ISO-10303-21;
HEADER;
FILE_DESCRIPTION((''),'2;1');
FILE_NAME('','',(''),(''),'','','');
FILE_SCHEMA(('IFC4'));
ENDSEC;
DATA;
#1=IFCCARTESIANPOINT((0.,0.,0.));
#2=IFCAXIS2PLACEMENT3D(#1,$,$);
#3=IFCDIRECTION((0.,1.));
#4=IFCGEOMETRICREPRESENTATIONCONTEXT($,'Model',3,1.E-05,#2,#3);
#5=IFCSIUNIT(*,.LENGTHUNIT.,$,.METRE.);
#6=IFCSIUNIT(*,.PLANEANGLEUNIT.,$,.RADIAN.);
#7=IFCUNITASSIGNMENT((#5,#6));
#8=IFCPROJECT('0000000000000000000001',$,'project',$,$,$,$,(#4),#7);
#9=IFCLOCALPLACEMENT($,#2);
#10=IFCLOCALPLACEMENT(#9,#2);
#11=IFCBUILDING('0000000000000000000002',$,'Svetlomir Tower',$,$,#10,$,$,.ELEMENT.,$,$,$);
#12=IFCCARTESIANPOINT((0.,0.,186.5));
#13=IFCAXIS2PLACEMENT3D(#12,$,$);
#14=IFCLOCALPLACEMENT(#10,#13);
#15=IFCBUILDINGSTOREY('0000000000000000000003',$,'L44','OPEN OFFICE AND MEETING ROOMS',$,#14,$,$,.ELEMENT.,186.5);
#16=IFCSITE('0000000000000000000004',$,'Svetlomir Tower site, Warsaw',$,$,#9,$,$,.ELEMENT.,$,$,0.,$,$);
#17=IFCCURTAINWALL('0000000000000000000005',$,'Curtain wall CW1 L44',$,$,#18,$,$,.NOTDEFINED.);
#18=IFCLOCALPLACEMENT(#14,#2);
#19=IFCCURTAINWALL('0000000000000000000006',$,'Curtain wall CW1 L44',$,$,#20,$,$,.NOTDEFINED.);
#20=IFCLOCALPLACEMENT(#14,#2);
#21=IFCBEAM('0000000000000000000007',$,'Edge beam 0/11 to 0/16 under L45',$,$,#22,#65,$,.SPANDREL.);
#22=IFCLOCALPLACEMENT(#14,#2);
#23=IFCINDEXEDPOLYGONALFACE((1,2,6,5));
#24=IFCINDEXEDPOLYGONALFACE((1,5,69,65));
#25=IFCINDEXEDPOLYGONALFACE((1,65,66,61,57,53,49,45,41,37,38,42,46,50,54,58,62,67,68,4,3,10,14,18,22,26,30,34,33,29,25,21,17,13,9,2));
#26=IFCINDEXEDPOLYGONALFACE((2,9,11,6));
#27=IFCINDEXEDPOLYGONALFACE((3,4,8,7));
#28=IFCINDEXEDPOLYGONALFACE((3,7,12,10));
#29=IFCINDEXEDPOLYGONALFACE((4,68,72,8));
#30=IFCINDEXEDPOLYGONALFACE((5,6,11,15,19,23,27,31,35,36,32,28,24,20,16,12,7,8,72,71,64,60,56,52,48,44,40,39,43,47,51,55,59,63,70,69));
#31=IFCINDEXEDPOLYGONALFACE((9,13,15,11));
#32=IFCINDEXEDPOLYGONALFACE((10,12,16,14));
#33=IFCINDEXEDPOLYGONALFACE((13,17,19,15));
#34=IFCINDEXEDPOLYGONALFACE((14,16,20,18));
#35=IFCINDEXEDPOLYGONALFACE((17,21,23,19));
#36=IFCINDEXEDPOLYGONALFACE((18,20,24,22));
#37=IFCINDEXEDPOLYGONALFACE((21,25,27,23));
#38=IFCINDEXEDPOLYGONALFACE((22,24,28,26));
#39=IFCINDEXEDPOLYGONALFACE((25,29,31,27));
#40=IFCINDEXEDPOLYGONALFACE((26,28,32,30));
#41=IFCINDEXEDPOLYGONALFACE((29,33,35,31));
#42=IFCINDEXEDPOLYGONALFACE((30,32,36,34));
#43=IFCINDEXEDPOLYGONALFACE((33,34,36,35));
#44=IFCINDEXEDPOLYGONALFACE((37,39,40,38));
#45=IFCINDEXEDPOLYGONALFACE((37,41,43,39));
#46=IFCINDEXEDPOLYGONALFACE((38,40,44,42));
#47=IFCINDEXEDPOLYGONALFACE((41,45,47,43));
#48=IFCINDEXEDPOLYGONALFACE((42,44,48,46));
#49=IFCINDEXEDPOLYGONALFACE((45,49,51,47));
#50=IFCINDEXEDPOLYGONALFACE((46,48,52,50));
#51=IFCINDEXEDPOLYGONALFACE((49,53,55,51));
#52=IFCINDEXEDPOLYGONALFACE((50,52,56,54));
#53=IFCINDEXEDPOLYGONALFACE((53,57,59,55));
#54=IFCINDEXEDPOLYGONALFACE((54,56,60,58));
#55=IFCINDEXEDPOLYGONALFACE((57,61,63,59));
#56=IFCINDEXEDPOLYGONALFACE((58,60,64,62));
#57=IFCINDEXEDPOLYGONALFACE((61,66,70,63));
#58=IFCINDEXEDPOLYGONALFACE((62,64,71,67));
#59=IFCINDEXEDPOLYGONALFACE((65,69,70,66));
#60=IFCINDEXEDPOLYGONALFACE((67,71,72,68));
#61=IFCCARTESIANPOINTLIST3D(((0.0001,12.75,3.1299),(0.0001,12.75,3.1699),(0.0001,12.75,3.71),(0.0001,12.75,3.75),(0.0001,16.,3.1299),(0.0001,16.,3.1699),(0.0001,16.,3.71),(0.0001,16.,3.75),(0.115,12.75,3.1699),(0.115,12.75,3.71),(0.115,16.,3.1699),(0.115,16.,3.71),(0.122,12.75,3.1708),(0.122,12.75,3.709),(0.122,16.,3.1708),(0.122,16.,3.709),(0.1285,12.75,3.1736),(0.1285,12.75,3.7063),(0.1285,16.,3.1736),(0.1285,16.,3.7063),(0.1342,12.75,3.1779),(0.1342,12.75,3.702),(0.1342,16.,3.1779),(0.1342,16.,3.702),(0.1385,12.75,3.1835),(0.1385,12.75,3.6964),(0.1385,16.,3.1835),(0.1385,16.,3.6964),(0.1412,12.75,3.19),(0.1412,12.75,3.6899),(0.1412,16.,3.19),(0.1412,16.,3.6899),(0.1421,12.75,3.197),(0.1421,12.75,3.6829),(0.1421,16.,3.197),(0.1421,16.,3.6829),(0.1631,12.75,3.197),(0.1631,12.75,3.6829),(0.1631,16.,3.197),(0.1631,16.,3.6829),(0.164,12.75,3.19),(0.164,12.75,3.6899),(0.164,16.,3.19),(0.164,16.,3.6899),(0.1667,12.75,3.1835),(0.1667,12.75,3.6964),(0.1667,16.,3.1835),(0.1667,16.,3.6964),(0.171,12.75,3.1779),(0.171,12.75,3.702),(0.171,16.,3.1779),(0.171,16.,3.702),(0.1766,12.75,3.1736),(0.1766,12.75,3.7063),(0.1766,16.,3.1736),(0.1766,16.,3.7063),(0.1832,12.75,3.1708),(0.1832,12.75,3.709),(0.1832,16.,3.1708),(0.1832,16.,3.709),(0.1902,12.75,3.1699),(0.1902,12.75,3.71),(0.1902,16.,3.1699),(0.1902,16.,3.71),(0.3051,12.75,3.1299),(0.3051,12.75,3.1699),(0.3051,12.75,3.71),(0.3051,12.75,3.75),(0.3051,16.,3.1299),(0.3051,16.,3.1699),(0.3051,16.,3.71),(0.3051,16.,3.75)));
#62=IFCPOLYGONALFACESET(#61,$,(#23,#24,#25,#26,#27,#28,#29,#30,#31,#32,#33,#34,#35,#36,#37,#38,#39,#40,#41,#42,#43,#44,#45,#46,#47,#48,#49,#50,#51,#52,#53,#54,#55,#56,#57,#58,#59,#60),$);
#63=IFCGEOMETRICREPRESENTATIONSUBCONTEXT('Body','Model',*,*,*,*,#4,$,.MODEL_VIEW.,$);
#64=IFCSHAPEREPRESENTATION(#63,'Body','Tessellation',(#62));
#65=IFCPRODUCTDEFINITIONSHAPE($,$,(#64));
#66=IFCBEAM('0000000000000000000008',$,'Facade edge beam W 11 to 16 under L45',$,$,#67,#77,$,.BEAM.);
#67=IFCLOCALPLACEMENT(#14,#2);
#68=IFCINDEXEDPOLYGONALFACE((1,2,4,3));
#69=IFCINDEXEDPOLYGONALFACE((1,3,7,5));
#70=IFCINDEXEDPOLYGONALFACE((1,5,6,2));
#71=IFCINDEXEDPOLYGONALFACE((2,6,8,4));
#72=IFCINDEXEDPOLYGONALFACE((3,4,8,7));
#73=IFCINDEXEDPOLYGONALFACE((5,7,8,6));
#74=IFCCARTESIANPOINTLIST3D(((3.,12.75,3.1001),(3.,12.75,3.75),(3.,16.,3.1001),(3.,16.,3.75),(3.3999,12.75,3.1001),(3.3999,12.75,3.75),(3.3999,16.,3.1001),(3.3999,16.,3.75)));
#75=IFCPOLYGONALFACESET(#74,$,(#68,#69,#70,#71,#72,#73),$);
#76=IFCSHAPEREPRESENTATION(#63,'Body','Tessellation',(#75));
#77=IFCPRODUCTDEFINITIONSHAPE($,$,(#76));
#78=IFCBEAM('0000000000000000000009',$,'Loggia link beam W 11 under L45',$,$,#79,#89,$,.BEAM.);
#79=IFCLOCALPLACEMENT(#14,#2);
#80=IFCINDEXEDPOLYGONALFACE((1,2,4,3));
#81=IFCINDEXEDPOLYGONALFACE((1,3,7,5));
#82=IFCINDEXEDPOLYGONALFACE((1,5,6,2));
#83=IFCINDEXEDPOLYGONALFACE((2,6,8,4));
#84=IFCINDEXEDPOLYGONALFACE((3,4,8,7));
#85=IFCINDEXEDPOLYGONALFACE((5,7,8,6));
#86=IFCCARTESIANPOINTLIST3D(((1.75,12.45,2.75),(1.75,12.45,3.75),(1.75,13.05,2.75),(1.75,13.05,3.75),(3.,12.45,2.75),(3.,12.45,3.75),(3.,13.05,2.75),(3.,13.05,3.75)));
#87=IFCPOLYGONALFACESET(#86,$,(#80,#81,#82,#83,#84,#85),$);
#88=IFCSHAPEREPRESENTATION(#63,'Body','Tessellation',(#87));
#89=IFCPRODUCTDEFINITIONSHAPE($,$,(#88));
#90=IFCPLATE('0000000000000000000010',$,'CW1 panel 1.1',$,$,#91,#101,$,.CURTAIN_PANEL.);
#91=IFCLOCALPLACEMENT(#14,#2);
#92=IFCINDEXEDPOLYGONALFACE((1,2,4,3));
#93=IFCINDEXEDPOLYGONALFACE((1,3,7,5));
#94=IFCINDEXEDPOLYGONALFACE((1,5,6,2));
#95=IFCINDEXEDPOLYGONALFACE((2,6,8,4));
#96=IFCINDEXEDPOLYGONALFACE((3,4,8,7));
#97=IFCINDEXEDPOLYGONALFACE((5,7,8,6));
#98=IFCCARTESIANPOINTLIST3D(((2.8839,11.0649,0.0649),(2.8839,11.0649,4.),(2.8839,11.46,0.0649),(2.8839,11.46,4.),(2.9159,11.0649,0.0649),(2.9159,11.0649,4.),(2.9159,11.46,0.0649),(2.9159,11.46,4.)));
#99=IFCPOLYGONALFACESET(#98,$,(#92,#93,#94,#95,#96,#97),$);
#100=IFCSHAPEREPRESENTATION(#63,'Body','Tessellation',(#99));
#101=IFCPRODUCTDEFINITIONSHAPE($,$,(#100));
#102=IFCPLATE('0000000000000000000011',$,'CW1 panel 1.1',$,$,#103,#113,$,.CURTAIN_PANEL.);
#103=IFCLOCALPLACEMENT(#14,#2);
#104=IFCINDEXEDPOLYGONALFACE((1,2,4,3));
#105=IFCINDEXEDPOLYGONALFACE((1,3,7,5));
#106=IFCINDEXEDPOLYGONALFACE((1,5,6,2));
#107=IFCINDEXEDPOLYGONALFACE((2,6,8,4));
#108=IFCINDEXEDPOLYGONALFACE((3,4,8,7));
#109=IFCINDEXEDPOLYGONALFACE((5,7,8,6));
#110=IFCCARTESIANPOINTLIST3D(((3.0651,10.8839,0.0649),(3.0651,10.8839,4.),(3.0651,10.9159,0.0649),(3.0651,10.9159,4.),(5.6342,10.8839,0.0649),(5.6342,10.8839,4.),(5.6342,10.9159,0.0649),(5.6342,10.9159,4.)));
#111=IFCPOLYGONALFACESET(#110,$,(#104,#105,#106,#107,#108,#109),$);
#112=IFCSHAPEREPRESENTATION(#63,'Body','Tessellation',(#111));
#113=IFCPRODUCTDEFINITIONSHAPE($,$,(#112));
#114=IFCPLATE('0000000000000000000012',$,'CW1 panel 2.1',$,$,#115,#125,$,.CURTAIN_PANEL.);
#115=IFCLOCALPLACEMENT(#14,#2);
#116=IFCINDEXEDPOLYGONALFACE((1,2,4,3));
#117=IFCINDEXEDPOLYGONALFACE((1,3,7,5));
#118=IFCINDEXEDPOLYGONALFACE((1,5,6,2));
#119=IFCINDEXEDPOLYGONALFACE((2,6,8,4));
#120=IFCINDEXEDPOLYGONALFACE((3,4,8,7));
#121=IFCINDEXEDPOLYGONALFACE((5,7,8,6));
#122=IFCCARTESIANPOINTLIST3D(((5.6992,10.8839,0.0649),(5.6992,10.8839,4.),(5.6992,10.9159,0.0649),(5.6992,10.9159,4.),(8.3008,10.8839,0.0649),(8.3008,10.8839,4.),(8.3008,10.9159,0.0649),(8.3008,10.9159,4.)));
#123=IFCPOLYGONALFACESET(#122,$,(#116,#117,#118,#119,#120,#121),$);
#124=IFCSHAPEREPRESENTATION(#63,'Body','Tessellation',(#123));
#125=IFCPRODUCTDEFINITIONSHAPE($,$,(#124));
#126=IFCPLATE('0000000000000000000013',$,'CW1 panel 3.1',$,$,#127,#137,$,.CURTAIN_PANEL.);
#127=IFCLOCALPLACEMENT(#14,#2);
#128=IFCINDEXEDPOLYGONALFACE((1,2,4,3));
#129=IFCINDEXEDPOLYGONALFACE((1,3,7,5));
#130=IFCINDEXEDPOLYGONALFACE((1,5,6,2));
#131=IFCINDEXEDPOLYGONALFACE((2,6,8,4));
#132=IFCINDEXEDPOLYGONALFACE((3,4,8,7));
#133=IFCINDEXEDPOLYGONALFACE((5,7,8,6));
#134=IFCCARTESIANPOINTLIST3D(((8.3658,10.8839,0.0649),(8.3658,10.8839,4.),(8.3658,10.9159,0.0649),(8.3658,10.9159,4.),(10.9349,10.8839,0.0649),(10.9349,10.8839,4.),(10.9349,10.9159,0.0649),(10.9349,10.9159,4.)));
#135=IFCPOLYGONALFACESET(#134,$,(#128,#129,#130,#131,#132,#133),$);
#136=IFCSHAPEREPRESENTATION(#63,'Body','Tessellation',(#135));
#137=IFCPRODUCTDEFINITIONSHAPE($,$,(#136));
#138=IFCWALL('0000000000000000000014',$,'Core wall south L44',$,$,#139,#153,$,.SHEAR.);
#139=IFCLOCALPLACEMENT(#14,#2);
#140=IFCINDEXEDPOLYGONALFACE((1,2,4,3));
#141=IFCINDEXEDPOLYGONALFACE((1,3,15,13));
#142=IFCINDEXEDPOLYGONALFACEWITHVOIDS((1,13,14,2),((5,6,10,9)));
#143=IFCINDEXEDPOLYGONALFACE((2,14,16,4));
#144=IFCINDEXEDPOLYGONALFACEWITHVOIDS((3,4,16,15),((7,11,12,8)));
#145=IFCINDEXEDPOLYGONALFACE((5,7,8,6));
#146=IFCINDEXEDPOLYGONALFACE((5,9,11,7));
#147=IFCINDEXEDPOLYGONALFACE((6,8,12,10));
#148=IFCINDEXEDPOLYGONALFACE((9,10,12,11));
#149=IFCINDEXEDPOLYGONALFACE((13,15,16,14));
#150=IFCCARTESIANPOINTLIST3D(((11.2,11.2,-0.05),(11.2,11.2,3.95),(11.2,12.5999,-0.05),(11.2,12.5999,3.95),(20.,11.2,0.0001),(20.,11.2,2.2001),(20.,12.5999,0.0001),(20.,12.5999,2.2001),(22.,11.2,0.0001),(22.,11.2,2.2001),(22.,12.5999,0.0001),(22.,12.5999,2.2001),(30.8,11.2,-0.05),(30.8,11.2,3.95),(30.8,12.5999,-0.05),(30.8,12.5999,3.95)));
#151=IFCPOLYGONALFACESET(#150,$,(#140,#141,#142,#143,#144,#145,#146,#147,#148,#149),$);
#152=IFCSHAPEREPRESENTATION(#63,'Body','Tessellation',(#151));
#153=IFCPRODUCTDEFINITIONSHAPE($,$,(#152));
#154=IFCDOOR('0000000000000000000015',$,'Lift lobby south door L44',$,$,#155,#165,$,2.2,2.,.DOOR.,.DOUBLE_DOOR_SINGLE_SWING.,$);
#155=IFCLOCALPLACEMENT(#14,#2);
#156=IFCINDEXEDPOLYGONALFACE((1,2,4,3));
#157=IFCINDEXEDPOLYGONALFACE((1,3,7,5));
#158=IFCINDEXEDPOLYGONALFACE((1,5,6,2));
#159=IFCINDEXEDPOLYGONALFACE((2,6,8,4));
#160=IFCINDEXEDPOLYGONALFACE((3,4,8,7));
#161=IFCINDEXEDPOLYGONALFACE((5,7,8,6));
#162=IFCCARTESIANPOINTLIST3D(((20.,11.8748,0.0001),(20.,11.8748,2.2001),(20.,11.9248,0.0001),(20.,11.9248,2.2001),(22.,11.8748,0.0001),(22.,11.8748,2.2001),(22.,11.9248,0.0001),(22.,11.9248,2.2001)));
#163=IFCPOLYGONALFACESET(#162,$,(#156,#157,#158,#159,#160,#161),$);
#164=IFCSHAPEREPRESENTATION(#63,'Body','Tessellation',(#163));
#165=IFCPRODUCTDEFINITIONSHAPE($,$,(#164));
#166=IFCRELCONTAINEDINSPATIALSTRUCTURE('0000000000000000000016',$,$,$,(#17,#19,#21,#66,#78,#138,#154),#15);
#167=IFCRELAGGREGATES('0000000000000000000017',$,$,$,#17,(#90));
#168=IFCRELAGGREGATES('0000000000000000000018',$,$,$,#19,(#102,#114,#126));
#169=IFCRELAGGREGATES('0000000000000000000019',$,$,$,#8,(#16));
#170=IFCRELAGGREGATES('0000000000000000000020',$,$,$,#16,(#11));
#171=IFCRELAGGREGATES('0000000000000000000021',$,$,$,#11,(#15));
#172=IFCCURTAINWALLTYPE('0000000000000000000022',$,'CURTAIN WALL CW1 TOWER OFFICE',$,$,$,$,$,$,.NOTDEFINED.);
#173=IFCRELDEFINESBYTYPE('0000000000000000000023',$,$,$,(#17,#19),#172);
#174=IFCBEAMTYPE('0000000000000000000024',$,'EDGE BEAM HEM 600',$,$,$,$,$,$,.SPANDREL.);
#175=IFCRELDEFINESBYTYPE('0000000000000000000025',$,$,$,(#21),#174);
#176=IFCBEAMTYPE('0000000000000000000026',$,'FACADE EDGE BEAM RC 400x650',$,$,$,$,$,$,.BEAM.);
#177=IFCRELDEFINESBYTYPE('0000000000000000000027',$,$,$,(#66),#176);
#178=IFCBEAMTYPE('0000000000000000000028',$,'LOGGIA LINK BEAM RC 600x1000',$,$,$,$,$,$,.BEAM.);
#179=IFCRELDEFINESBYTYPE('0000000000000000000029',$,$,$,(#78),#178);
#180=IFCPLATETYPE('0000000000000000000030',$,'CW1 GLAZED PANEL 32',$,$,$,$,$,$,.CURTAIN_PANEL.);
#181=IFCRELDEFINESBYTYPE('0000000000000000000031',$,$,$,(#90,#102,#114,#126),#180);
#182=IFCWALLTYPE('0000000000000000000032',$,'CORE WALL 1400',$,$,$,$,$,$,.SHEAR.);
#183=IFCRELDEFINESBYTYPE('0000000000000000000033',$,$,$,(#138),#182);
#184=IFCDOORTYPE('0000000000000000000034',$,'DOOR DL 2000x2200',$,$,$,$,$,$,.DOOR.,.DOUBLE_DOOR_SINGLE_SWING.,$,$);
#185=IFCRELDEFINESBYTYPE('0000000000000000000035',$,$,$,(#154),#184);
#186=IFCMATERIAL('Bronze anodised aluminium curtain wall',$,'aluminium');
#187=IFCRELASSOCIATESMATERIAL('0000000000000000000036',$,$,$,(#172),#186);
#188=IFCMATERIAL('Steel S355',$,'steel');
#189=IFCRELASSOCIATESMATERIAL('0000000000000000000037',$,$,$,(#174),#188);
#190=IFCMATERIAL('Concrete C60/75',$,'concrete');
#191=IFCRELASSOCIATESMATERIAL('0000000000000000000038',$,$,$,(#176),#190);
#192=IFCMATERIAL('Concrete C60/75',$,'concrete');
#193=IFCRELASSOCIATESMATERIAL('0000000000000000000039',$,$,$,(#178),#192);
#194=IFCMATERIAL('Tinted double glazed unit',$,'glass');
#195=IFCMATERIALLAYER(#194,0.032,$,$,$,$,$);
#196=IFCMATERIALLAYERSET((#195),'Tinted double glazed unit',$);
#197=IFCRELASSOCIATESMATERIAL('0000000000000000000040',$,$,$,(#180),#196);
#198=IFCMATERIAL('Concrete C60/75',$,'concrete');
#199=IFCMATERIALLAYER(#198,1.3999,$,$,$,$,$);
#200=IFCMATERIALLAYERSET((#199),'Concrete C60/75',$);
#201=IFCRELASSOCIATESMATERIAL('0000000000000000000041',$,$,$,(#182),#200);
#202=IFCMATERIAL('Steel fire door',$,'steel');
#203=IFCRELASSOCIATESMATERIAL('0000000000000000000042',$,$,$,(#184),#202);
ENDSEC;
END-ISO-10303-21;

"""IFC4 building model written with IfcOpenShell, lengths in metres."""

from ifc_helpers import new_model, si_unit, direction, frame, frame_2d, origin, origin_2d, place, context, subcontext, project, spatial, rectangle, i_section, extrude, material, layer, layer_set, material_profile, profile_set, type_object, element, fill, aggregate, save


model = new_model("IFC4")

# Units and contexts
model_context = context("Model", 3, precision=1e-05, world=origin(), true_north=direction((0.0, 1.0)))
body_context = subcontext(model_context, "Body", "Model", "MODEL_VIEW")
ifc_project = project(units=[si_unit("LENGTHUNIT", "METRE"), si_unit("PLANEANGLEUNIT", "RADIAN")], contexts=[model_context])

# Site, building, storey
site_placement = place(None, origin())
site = spatial("IfcSite", under=ifc_project, at=site_placement, Name="Svetlomir Tower site, Warsaw", CompositionType="ELEMENT", RefElevation=0.0)
building_placement = place(site_placement, origin())
building = spatial("IfcBuilding", under=site, at=building_placement, Name="Svetlomir Tower", CompositionType="ELEMENT")
storey_placement = place(building_placement, frame((0.0, 0.0, 186.5)))
storey = spatial("IfcBuildingStorey", under=building, at=storey_placement, Name="L44", Description="OPEN OFFICE AND MEETING ROOMS", CompositionType="ELEMENT", Elevation=186.5)

# Shared definitions
ifc_material_1 = material(Name="Bronze anodised aluminium curtain wall", Category="aluminium")
curtain_wall_type = type_object("IfcCurtainWallType", Name="CURTAIN WALL CW1 TOWER OFFICE", PredefinedType="NOTDEFINED", material=ifc_material_1)

# Curtain walls
curtain_wall_1_placement = place(storey_placement, origin())
curtain_wall_1 = element("IfcCurtainWall", 1, at=curtain_wall_1_placement, inside=storey, type_object=curtain_wall_type, Name="Curtain wall CW1 L44", PredefinedType="NOTDEFINED")
curtain_wall_2_placement = place(storey_placement, origin())
curtain_wall_2 = element("IfcCurtainWall", 2, at=curtain_wall_2_placement, inside=storey, type_object=curtain_wall_type, Name="Curtain wall CW1 L44", PredefinedType="NOTDEFINED")

# Beams
ifc_material_2 = material(Name="Steel S355", Category="steel")
ifc_material_profile_1 = material_profile(ifc_material_2, i_section(OverallWidth=0.3049, OverallDepth=0.6201, WebThickness=0.021, FlangeThickness=0.04, FilletRadius=0.0271, at=origin_2d()), Name="HEM 600")
ifc_profile_set_1 = profile_set([ifc_material_profile_1], Name="Steel S355")
beam_type_1 = type_object("IfcBeamType", Name="EDGE BEAM HEM 600", PredefinedType="SPANDREL", material=ifc_profile_set_1)
beam_1_placement = place(storey_placement, frame((0.1526, 12.75, 3.4399), z_axis=(0.0, 1.0, 0.0), x_axis=(-1.0, 0.0, 0.0)))
element("IfcBeam", 3, at=beam_1_placement, inside=storey, type_object=beam_type_1, Name="Edge beam 0/11 to 0/16 under L45", PredefinedType="SPANDREL", context=body_context, shape_type="SweptSolid", body=[
    extrude(i_section(OverallWidth=0.3049, OverallDepth=0.6201, WebThickness=0.021, FlangeThickness=0.04, FilletRadius=0.0271, at=origin_2d()), origin(), (0.0, 0.0, 1.0), 3.25),
])
ifc_material_3 = material(Name="Concrete C60/75", Category="concrete")
ifc_material_profile_2 = material_profile(ifc_material_3, rectangle(XDim=0.3999, YDim=0.6499, at=origin_2d()), Name="RC 400x650")
ifc_profile_set_2 = profile_set([ifc_material_profile_2], Name="Concrete C60/75")
beam_type_2 = type_object("IfcBeamType", Name="FACADE EDGE BEAM RC 400x650", PredefinedType="BEAM", material=ifc_profile_set_2)
beam_2_placement = place(storey_placement, frame((3.2, 12.75, 3.425), z_axis=(0.0, 1.0, 0.0), x_axis=(-1.0, 0.0, 0.0)))
element("IfcBeam", 4, at=beam_2_placement, inside=storey, type_object=beam_type_2, Name="Facade edge beam W 11 to 16 under L45", PredefinedType="BEAM", context=body_context, shape_type="SweptSolid", body=[
    extrude(rectangle(XDim=0.3999, YDim=0.6499, at=origin_2d()), origin(), (0.0, 0.0, 1.0), 3.25),
])
ifc_material_4 = material(Name="Concrete C60/75", Category="concrete")
ifc_material_profile_3 = material_profile(ifc_material_4, rectangle(XDim=0.6001, YDim=1.0, at=origin_2d()), Name="RC 600x1000")
ifc_profile_set_3 = profile_set([ifc_material_profile_3], Name="Concrete C60/75")
beam_type_3 = type_object("IfcBeamType", Name="LOGGIA LINK BEAM RC 600x1000", PredefinedType="BEAM", material=ifc_profile_set_3)
beam_3_placement = place(storey_placement, frame((1.75, 12.75, 3.25), z_axis=(1.0, 0.0, 0.0), x_axis=(0.0, 1.0, 0.0)))
element("IfcBeam", 5, at=beam_3_placement, inside=storey, type_object=beam_type_3, Name="Loggia link beam W 11 under L45", PredefinedType="BEAM", context=body_context, shape_type="SweptSolid", body=[
    extrude(rectangle(XDim=0.6001, YDim=1.0, at=origin_2d()), origin(), (0.0, 0.0, 1.0), 1.25),
])

# Plates
ifc_material_5 = material(Name="Tinted double glazed unit", Category="glass")
ifc_layer_1 = layer(ifc_material_5, 0.032)
ifc_layer_set_1 = layer_set([ifc_layer_1], Name="Tinted double glazed unit")
plate_type = type_object("IfcPlateType", Name="CW1 GLAZED PANEL 32", PredefinedType="CURTAIN_PANEL", material=ifc_layer_set_1)
plate_1_placement = place(storey_placement, frame((2.8999, 11.2625, 0.0649), z_axis=(0.0, 0.0, 1.0), x_axis=(0.0, -1.0, 0.0)))
plate_1 = element("IfcPlate", 6, at=plate_1_placement, type_object=plate_type, Name="CW1 panel 1.1", PredefinedType="CURTAIN_PANEL", context=body_context, shape_type="SweptSolid", body=[
    extrude(rectangle(XDim=0.395, YDim=0.032, at=origin_2d()), origin(), (0.0, 0.0, 1.0), 3.9351),
])
aggregate(curtain_wall_1, [plate_1])
plate_2_placement = place(storey_placement, frame((4.3496, 10.8999, 0.0649), z_axis=(0.0, 0.0, 1.0), x_axis=(1.0, 0.0, 0.0)))
plate_2 = element("IfcPlate", 7, at=plate_2_placement, type_object=plate_type, Name="CW1 panel 1.1", PredefinedType="CURTAIN_PANEL", context=body_context, shape_type="SweptSolid", body=[
    extrude(rectangle(XDim=2.5691, YDim=0.032, at=origin_2d()), origin(), (0.0, 0.0, 1.0), 3.9351),
])
plate_3_placement = place(storey_placement, frame((7.0, 10.8999, 0.0649), z_axis=(0.0, 0.0, 1.0), x_axis=(1.0, 0.0, 0.0)))
plate_3 = element("IfcPlate", 8, at=plate_3_placement, type_object=plate_type, Name="CW1 panel 2.1", PredefinedType="CURTAIN_PANEL", context=body_context, shape_type="SweptSolid", body=[
    extrude(rectangle(XDim=2.6016, YDim=0.032, at=origin_2d()), origin(), (0.0, 0.0, 1.0), 3.9351),
])
plate_4_placement = place(storey_placement, frame((9.6504, 10.8999, 0.0649), z_axis=(0.0, 0.0, 1.0), x_axis=(1.0, 0.0, 0.0)))
plate_4 = element("IfcPlate", 9, at=plate_4_placement, type_object=plate_type, Name="CW1 panel 3.1", PredefinedType="CURTAIN_PANEL", context=body_context, shape_type="SweptSolid", body=[
    extrude(rectangle(XDim=2.5691, YDim=0.032, at=origin_2d()), origin(), (0.0, 0.0, 1.0), 3.9351),
])
aggregate(curtain_wall_2, [plate_2, plate_3, plate_4])

# Wall, opening, door
ifc_material_6 = material(Name="Concrete C60/75", Category="concrete")
ifc_layer_2 = layer(ifc_material_6, 1.3999)
ifc_layer_set_2 = layer_set([ifc_layer_2], Name="Concrete C60/75")
wall_type_1 = type_object("IfcWallType", Name="CORE WALL 1400", PredefinedType="SHEAR", material=ifc_layer_set_2)
wall_1_placement = place(storey_placement, frame((11.2, 11.8999, -0.05), z_axis=(0.0, 0.0, 1.0), x_axis=(1.0, 0.0, 0.0)))
wall_1 = element("IfcWall", 10, at=wall_1_placement, inside=storey, type_object=wall_type_1, Name="Core wall south L44", PredefinedType="SHEAR", context=body_context, shape_type="SweptSolid", body=[
    extrude(rectangle(XDim=19.6001, YDim=1.3999, at=frame_2d((9.8, 0.0))), origin(), (0.0, 0.0, 1.0), 4.0),
])
opening_1_placement = place(wall_1_placement, frame((8.8, 0.0, 0.05)))
opening_1 = element("IfcOpeningElement", 11, at=opening_1_placement, cuts=wall_1, PredefinedType="OPENING", context=body_context, shape_type="SweptSolid", body=[
    extrude(rectangle(XDim=2.0, YDim=2.2, at=frame_2d((1.0, 1.1001))), frame((0.0, 0.71, 0.0), z_axis=(0.0, -1.0, 0.0), x_axis=(1.0, 0.0, 0.0)), (0.0, 0.0, 1.0), 1.4199),
])
ifc_material_7 = material(Name="Steel fire door", Category="steel")
door_type_1 = type_object("IfcDoorType", Name="DOOR DL 2000x2200", OperationType="DOUBLE_DOOR_SINGLE_SWING", PredefinedType="DOOR", material=ifc_material_7)
door_1_placement = place(opening_1_placement, origin())
door_1 = element("IfcDoor", 12, at=door_1_placement, inside=storey, type_object=door_type_1, Name="Lift lobby south door L44", OperationType="DOUBLE_DOOR_SINGLE_SWING", OverallHeight=2.2, OverallWidth=2.0, PredefinedType="DOOR", context=body_context, shape_type="SweptSolid", body=[
    extrude(rectangle(XDim=2.0, YDim=2.2, at=frame_2d((1.0, 1.1001))), frame((0.0, 0.0249, 0.0), z_axis=(0.0, -1.0, 0.0), x_axis=(1.0, 0.0, 0.0)), (0.0, 0.0, 1.0), 0.05),
])
fill(opening_1, door_1)

save(model, "model.ifc")
